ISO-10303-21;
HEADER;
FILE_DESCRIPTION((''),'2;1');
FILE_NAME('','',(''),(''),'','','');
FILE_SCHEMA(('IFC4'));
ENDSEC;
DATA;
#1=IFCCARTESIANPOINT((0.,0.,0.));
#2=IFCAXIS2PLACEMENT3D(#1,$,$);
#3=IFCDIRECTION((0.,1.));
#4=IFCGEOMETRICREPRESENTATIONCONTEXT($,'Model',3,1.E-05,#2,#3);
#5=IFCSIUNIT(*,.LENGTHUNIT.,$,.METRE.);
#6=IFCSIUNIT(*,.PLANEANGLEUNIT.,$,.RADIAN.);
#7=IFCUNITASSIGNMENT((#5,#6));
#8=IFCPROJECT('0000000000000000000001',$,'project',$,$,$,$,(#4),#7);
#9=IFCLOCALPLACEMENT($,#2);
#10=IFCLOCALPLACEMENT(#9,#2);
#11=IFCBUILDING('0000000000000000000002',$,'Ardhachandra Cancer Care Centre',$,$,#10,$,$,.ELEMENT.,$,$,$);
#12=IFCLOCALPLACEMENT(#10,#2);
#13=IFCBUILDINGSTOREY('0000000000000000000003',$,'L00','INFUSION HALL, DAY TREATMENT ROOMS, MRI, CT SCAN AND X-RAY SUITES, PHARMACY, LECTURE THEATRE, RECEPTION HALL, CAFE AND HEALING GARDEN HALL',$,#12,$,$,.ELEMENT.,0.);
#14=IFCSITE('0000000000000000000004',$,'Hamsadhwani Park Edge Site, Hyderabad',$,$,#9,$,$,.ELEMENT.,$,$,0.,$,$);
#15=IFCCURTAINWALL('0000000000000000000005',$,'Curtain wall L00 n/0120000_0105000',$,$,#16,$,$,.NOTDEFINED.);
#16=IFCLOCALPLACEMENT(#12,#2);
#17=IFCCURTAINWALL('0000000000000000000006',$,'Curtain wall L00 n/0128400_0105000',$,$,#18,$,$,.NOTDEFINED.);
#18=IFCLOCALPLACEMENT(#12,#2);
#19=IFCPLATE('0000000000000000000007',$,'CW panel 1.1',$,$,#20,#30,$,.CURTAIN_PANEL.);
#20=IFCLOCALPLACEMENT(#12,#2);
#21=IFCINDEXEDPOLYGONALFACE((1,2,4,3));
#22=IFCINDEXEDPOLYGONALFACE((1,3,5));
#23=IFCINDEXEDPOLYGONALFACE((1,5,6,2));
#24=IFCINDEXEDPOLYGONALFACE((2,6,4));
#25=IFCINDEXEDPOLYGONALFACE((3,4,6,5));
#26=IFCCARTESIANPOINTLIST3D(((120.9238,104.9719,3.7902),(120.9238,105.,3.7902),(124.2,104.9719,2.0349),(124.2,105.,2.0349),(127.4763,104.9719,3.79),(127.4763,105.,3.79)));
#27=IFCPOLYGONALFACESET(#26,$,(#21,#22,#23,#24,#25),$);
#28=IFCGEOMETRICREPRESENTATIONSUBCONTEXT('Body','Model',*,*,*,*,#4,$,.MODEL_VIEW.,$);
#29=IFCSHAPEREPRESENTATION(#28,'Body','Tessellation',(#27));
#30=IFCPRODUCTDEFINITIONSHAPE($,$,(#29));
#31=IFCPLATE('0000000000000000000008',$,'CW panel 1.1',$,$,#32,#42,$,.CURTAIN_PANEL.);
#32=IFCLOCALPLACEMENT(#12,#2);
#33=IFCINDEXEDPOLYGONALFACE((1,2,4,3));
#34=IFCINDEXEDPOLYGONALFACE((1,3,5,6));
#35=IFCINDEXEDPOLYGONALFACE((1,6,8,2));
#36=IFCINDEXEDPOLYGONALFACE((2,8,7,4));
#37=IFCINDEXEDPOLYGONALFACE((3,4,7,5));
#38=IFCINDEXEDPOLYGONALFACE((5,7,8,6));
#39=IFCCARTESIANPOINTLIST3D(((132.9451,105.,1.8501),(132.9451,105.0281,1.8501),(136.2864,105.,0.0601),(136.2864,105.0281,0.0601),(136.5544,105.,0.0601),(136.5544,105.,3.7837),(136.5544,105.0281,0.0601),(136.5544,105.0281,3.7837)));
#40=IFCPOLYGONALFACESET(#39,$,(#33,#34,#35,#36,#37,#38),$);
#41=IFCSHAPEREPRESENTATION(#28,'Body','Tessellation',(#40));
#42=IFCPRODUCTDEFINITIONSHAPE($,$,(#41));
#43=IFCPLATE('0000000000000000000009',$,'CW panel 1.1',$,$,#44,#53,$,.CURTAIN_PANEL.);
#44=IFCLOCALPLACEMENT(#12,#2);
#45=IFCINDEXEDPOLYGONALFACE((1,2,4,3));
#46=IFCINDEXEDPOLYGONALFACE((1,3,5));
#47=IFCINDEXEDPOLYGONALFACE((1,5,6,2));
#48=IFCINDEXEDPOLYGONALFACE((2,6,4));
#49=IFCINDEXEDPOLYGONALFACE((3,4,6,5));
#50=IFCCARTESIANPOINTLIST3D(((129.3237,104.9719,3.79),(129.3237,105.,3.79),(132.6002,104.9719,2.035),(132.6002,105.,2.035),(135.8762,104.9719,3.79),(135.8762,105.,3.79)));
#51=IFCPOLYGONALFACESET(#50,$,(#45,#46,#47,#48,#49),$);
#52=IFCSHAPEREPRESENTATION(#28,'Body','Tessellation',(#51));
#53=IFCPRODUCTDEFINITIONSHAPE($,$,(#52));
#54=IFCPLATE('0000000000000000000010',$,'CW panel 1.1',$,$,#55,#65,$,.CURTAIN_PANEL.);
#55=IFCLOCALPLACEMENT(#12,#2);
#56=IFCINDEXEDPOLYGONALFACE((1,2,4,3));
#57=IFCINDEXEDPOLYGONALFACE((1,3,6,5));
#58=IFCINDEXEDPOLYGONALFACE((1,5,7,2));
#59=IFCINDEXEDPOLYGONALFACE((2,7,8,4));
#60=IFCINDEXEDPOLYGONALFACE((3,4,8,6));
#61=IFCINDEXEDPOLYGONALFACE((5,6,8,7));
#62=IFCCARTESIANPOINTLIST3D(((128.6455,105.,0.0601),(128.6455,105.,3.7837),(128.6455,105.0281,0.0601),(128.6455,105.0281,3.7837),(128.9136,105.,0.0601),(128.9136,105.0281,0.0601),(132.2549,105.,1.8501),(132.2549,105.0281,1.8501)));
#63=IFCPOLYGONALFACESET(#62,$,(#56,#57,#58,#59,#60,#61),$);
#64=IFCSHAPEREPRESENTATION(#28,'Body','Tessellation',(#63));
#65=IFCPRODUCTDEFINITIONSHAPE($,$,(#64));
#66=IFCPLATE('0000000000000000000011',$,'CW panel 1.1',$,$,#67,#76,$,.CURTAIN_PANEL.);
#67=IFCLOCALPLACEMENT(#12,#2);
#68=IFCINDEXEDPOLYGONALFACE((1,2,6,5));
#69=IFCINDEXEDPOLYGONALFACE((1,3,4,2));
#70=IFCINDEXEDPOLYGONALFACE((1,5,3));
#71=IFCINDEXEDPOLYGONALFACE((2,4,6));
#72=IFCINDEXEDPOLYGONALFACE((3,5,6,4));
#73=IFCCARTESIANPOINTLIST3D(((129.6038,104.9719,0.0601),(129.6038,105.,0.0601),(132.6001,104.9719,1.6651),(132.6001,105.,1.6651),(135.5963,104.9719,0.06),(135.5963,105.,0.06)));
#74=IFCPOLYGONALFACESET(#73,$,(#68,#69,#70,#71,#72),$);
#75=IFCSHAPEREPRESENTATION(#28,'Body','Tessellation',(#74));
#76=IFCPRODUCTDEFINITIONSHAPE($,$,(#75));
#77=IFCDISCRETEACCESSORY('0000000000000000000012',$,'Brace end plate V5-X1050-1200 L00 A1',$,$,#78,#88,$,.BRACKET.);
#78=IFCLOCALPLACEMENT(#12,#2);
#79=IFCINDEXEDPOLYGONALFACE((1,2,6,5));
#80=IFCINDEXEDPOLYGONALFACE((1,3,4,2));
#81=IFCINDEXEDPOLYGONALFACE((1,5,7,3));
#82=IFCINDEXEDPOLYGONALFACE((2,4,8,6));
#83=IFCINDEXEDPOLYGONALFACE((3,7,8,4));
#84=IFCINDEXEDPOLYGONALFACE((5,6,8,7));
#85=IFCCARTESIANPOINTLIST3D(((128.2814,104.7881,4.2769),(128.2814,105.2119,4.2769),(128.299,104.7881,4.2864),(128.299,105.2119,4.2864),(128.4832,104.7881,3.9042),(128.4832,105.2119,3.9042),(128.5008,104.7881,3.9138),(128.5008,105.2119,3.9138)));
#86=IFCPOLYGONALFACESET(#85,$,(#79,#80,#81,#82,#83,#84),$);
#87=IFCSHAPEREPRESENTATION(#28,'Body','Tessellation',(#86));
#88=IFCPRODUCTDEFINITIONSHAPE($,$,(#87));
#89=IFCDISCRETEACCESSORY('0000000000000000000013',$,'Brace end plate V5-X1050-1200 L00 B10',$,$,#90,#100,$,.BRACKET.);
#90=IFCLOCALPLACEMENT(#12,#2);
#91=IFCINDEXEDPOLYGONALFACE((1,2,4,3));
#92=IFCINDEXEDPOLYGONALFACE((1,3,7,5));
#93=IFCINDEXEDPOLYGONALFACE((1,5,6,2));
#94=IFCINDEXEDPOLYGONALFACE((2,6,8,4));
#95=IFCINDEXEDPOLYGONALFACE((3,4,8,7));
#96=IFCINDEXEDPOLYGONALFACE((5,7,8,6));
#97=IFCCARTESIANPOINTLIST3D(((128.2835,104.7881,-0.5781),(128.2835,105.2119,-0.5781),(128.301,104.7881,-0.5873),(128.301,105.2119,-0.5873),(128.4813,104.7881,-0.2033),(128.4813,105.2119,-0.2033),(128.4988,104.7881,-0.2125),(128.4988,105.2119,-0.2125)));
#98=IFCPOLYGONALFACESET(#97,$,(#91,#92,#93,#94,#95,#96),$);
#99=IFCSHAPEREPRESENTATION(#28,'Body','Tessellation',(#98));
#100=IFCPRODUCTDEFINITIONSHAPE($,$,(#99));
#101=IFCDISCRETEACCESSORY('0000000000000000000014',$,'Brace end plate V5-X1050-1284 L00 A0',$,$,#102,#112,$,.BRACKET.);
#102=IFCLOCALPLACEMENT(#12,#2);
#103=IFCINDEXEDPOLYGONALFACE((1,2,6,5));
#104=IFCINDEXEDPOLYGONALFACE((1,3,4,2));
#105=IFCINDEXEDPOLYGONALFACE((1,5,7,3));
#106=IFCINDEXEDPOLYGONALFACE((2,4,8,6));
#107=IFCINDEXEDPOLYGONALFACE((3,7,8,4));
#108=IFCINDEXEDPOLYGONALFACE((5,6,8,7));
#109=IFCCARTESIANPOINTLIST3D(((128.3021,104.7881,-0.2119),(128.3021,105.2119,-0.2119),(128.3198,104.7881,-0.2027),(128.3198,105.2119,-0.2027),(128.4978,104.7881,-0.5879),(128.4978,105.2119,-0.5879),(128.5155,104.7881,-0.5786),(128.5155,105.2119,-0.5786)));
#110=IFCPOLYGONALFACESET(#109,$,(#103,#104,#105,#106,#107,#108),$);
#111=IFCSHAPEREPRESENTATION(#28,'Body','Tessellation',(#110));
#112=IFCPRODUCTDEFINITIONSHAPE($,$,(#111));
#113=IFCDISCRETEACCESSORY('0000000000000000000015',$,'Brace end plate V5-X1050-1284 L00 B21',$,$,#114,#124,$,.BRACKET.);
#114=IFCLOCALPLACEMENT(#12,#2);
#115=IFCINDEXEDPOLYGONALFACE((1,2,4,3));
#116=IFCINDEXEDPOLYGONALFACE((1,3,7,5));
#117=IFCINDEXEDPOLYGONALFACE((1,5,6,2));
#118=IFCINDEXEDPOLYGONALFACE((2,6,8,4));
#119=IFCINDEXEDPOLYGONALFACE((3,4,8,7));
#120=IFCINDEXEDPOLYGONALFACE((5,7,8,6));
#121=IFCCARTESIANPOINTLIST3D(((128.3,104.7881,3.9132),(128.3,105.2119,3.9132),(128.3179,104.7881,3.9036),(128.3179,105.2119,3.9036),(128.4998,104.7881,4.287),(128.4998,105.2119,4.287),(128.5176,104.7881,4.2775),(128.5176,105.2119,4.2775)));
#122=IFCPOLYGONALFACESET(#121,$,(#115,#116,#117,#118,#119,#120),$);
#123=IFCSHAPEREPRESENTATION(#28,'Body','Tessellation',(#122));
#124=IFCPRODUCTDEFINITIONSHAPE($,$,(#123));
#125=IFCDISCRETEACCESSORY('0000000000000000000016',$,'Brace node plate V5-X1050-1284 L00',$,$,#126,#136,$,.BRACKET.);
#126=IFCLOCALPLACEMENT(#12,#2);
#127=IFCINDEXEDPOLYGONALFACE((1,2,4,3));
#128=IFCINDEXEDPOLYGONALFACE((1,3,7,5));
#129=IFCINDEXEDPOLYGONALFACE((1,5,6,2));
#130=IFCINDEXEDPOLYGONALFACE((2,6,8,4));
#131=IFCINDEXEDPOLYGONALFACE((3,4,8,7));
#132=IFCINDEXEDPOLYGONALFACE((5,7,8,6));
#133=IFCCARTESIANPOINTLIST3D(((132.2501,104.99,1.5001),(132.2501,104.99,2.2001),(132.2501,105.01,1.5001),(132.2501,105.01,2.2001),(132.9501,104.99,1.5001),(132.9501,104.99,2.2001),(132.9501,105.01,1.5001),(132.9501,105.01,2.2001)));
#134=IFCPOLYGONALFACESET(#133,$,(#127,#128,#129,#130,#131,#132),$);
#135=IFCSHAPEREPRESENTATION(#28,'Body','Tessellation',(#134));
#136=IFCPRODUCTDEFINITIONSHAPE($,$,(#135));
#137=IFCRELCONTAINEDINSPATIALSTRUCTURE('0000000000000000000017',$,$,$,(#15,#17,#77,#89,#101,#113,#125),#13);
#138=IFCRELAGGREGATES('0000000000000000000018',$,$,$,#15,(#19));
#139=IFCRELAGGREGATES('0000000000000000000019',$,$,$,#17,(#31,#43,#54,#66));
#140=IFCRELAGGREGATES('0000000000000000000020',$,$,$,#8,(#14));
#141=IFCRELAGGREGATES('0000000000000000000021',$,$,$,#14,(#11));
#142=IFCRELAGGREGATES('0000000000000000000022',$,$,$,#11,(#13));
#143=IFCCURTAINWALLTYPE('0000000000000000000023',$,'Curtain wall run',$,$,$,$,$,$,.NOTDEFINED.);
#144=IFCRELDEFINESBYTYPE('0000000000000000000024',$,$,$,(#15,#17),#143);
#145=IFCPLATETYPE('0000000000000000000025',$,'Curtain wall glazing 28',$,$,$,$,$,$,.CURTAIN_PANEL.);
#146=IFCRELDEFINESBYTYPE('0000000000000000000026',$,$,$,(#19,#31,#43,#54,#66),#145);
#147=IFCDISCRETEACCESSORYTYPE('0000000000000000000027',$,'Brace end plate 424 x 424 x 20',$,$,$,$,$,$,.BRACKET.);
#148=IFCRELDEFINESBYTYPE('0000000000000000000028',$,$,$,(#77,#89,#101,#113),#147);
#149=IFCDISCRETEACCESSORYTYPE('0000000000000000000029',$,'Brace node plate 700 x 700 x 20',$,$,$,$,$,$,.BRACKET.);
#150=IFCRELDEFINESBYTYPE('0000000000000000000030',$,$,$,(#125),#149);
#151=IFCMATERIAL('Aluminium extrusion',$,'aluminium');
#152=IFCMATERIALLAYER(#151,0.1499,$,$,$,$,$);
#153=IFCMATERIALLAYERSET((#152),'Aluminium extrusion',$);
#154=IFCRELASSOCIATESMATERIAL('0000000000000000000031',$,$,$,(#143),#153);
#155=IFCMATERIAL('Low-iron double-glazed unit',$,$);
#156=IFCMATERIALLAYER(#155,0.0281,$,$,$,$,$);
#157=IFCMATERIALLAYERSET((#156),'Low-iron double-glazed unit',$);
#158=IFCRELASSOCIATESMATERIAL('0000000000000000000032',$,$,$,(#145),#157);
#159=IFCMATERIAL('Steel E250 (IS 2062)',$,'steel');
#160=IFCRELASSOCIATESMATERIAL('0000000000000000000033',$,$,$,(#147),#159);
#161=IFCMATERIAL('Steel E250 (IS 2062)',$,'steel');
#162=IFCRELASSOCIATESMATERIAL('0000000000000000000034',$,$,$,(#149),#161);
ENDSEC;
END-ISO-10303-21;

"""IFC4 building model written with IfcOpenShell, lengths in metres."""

from ifc_helpers import new_model, si_unit, direction, frame, origin, origin_2d, place, context, subcontext, project, spatial, polyline, rectangle, outline, extrude, material, layer, layer_set, material_profile, profile_set, type_object, element, aggregate, save


model = new_model("IFC4")

# Units and contexts
model_context = context("Model", 3, precision=1e-05, world=origin(), true_north=direction((0.0, 1.0)))
body_context = subcontext(model_context, "Body", "Model", "MODEL_VIEW")
ifc_project = project(units=[si_unit("LENGTHUNIT", "METRE"), si_unit("PLANEANGLEUNIT", "RADIAN")], contexts=[model_context])

# Site, building, storey
site_placement = place(None, origin())
site = spatial("IfcSite", under=ifc_project, at=site_placement, Name="Hamsadhwani Park Edge Site, Hyderabad", CompositionType="ELEMENT", RefElevation=0.0)
building_placement = place(site_placement, origin())
building = spatial("IfcBuilding", under=site, at=building_placement, Name="Ardhachandra Cancer Care Centre", CompositionType="ELEMENT")
storey_placement = place(building_placement, origin())
storey = spatial("IfcBuildingStorey", under=building, at=storey_placement, Name="L00", Description="INFUSION HALL, DAY TREATMENT ROOMS, MRI, CT SCAN AND X-RAY SUITES, PHARMACY, LECTURE THEATRE, RECEPTION HALL, CAFE AND HEALING GARDEN HALL", CompositionType="ELEMENT", Elevation=0.0)

# Curtain wall
ifc_material_1 = material(Name="Aluminium extrusion", Category="aluminium")
ifc_layer_1 = layer(ifc_material_1, 0.1499)
ifc_layer_set_1 = layer_set([ifc_layer_1], Name="Aluminium extrusion")
curtain_wall_type = type_object("IfcCurtainWallType", Name="Curtain wall run", PredefinedType="NOTDEFINED", material=ifc_layer_set_1)
curtain_wall_1_placement = place(storey_placement, origin())
curtain_wall_1 = element("IfcCurtainWall", 1, at=curtain_wall_1_placement, inside=storey, type_object=curtain_wall_type, Name="Curtain wall L00 n/0120000_0105000", PredefinedType="NOTDEFINED")

# Curtain wall
curtain_wall_2_placement = place(storey_placement, origin())
curtain_wall_2 = element("IfcCurtainWall", 2, at=curtain_wall_2_placement, inside=storey, type_object=curtain_wall_type, Name="Curtain wall L00 n/0128400_0105000", PredefinedType="NOTDEFINED")

# Plates
ifc_material_2 = material(Name="Low-iron double-glazed unit")
ifc_layer_2 = layer(ifc_material_2, 0.0281)
ifc_layer_set_2 = layer_set([ifc_layer_2], Name="Low-iron double-glazed unit")
plate_type = type_object("IfcPlateType", Name="Curtain wall glazing 28", PredefinedType="CURTAIN_PANEL", material=ifc_layer_set_2)
plate_1_placement = place(storey_placement, frame((127.4763, 105.0, 3.79), z_axis=(0.0, 1.0, 0.0), x_axis=(-0.881488, 0.0, -0.472207)))
plate_1 = element("IfcPlate", 3, at=plate_1_placement, type_object=plate_type, Name="CW panel 1.1", PredefinedType="CURTAIN_PANEL", context=body_context, shape_type="SweptSolid", body=[
    extrude(outline(polyline([(0.0, 0.0), (3.7168, 0.0), (5.7759, 3.0942), (0.0, 0.0)])), frame((0.0, 0.0, -0.0281)), (0.0, 0.0, 1.0), 0.0281),
])
aggregate(curtain_wall_1, [plate_1])
plate_2_placement = place(storey_placement, frame((136.5544, 105.0, 0.0601), z_axis=(0.0, 1.0, 0.0), x_axis=(-1.0, 0.0, 0.0)))
plate_2 = element("IfcPlate", 4, at=plate_2_placement, type_object=plate_type, Name="CW panel 1.1", PredefinedType="CURTAIN_PANEL", context=body_context, shape_type="SweptSolid", body=[
    extrude(outline(polyline([(0.0, 0.0), (0.2681, 0.0), (3.6094, 1.79), (0.0, 3.7236), (0.0, 0.0)])), origin(), (0.0, 0.0, 1.0), 0.0281),
])
plate_3_placement = place(storey_placement, frame((135.8762, 105.0, 3.79), z_axis=(0.0, 1.0, 0.0), x_axis=(-0.881473, 0.0, -0.472234)))
plate_3 = element("IfcPlate", 5, at=plate_3_placement, type_object=plate_type, Name="CW panel 1.1", PredefinedType="CURTAIN_PANEL", context=body_context, shape_type="SweptSolid", body=[
    extrude(outline(polyline([(0.0, 0.0), (3.7166, 0.0), (5.7759, 3.0942), (0.0, 0.0)])), frame((0.0, 0.0, -0.0281)), (0.0, 0.0, 1.0), 0.0281),
])
plate_4_placement = place(storey_placement, frame((128.6455, 105.0, 0.0601), z_axis=(0.0, 1.0, 0.0), x_axis=(0.0, 0.0, 1.0)))
plate_4 = element("IfcPlate", 6, at=plate_4_placement, type_object=plate_type, Name="CW panel 1.1", PredefinedType="CURTAIN_PANEL", context=body_context, shape_type="SweptSolid", body=[
    extrude(outline(polyline([(0.0, 0.0), (3.7236, 0.0), (1.79, 3.6094), (0.0, 0.2681), (0.0, 0.0)])), origin(), (0.0, 0.0, 1.0), 0.0281),
])
plate_5_placement = place(storey_placement, frame((129.6038, 105.0, 0.0601), z_axis=(0.0, 1.0, 0.0), x_axis=(0.881505, 0.0, 0.472176)))
plate_5 = element("IfcPlate", 7, at=plate_5_placement, type_object=plate_type, Name="CW panel 1.1", PredefinedType="CURTAIN_PANEL", context=body_context, shape_type="SweptSolid", body=[
    extrude(outline(polyline([(0.0, 0.0), (3.3992, 0.0), (5.2825, 2.8296), (0.0, 0.0)])), frame((0.0, 0.0, -0.0281)), (0.0, 0.0, 1.0), 0.0281),
])
aggregate(curtain_wall_2, [plate_2, plate_3, plate_4, plate_5])

# Discrete accessories
ifc_material_3 = material(Name="Steel E250 (IS 2062)", Category="steel")
ifc_material_profile_1 = material_profile(ifc_material_3, rectangle(XDim=0.4238, YDim=0.4238, at=origin_2d()), Name="PL 424x424x20")
ifc_profile_set_1 = profile_set([ifc_material_profile_1], Name="Steel E250 (IS 2062)")
discrete_accessory_type_1 = type_object("IfcDiscreteAccessoryType", Name="Brace end plate 424 x 424 x 20", PredefinedType="BRACKET", material=ifc_profile_set_1)
discrete_accessory_1_placement = place(storey_placement, frame((128.3999, 105.0, 4.1001), z_axis=(-0.879292, 0.0, -0.476283), x_axis=(0.0, -1.0, 0.0)))
element("IfcDiscreteAccessory", 8, at=discrete_accessory_1_placement, inside=storey, type_object=discrete_accessory_type_1, Name="Brace end plate V5-X1050-1200 L00 A1", PredefinedType="BRACKET", context=body_context, shape_type="SweptSolid", body=[
    extrude(rectangle(XDim=0.4238, YDim=0.4238, at=origin_2d()), origin(), (0.0, 0.0, 1.0), 0.02),
])
discrete_accessory_2_placement = place(storey_placement, frame((128.3999, 105.0, -0.3999), z_axis=(-0.884385, 0.0, 0.466759), x_axis=(0.0, -1.0, 0.0)))
element("IfcDiscreteAccessory", 9, at=discrete_accessory_2_placement, inside=storey, type_object=discrete_accessory_type_1, Name="Brace end plate V5-X1050-1200 L00 B10", PredefinedType="BRACKET", context=body_context, shape_type="SweptSolid", body=[
    extrude(rectangle(XDim=0.4238, YDim=0.4238, at=origin_2d()), origin(), (0.0, 0.0, 1.0), 0.0198),
])
discrete_accessory_3_placement = place(storey_placement, frame((128.3999, 105.0, -0.3999), z_axis=(0.887018, 0.0, 0.461735), x_axis=(0.0, 1.0, 0.0)))
element("IfcDiscreteAccessory", 10, at=discrete_accessory_3_placement, inside=storey, type_object=discrete_accessory_type_1, Name="Brace end plate V5-X1050-1284 L00 A0", PredefinedType="BRACKET", context=body_context, shape_type="SweptSolid", body=[
    extrude(rectangle(XDim=0.4238, YDim=0.4238, at=origin_2d()), origin(), (0.0, 0.0, 1.0), 0.02),
])
discrete_accessory_4_placement = place(storey_placement, frame((128.3999, 105.0, 4.1001), z_axis=(0.882018, 0.0, -0.471215), x_axis=(0.0, 1.0, 0.0)))
element("IfcDiscreteAccessory", 11, at=discrete_accessory_4_placement, inside=storey, type_object=discrete_accessory_type_1, Name="Brace end plate V5-X1050-1284 L00 B21", PredefinedType="BRACKET", context=body_context, shape_type="SweptSolid", body=[
    extrude(rectangle(XDim=0.4238, YDim=0.4238, at=origin_2d()), origin(), (0.0, 0.0, 1.0), 0.0203),
])
ifc_material_4 = material(Name="Steel E250 (IS 2062)", Category="steel")
ifc_material_profile_2 = material_profile(ifc_material_4, rectangle(XDim=0.7, YDim=0.7, at=origin_2d()), Name="PL 700x700x20")
ifc_profile_set_2 = profile_set([ifc_material_profile_2], Name="Steel E250 (IS 2062)")
discrete_accessory_type_2 = type_object("IfcDiscreteAccessoryType", Name="Brace node plate 700 x 700 x 20", PredefinedType="BRACKET", material=ifc_profile_set_2)
discrete_accessory_5_placement = place(storey_placement, frame((132.6001, 104.99, 1.8501), z_axis=(0.0, 1.0, 0.0), x_axis=(-1.0, 0.0, 0.0)))
element("IfcDiscreteAccessory", 12, at=discrete_accessory_5_placement, inside=storey, type_object=discrete_accessory_type_2, Name="Brace node plate V5-X1050-1284 L00", PredefinedType="BRACKET", context=body_context, shape_type="SweptSolid", body=[
    extrude(rectangle(XDim=0.7, YDim=0.7, at=origin_2d()), origin(), (0.0, 0.0, 1.0), 0.02),
])

save(model, "model.ifc")
